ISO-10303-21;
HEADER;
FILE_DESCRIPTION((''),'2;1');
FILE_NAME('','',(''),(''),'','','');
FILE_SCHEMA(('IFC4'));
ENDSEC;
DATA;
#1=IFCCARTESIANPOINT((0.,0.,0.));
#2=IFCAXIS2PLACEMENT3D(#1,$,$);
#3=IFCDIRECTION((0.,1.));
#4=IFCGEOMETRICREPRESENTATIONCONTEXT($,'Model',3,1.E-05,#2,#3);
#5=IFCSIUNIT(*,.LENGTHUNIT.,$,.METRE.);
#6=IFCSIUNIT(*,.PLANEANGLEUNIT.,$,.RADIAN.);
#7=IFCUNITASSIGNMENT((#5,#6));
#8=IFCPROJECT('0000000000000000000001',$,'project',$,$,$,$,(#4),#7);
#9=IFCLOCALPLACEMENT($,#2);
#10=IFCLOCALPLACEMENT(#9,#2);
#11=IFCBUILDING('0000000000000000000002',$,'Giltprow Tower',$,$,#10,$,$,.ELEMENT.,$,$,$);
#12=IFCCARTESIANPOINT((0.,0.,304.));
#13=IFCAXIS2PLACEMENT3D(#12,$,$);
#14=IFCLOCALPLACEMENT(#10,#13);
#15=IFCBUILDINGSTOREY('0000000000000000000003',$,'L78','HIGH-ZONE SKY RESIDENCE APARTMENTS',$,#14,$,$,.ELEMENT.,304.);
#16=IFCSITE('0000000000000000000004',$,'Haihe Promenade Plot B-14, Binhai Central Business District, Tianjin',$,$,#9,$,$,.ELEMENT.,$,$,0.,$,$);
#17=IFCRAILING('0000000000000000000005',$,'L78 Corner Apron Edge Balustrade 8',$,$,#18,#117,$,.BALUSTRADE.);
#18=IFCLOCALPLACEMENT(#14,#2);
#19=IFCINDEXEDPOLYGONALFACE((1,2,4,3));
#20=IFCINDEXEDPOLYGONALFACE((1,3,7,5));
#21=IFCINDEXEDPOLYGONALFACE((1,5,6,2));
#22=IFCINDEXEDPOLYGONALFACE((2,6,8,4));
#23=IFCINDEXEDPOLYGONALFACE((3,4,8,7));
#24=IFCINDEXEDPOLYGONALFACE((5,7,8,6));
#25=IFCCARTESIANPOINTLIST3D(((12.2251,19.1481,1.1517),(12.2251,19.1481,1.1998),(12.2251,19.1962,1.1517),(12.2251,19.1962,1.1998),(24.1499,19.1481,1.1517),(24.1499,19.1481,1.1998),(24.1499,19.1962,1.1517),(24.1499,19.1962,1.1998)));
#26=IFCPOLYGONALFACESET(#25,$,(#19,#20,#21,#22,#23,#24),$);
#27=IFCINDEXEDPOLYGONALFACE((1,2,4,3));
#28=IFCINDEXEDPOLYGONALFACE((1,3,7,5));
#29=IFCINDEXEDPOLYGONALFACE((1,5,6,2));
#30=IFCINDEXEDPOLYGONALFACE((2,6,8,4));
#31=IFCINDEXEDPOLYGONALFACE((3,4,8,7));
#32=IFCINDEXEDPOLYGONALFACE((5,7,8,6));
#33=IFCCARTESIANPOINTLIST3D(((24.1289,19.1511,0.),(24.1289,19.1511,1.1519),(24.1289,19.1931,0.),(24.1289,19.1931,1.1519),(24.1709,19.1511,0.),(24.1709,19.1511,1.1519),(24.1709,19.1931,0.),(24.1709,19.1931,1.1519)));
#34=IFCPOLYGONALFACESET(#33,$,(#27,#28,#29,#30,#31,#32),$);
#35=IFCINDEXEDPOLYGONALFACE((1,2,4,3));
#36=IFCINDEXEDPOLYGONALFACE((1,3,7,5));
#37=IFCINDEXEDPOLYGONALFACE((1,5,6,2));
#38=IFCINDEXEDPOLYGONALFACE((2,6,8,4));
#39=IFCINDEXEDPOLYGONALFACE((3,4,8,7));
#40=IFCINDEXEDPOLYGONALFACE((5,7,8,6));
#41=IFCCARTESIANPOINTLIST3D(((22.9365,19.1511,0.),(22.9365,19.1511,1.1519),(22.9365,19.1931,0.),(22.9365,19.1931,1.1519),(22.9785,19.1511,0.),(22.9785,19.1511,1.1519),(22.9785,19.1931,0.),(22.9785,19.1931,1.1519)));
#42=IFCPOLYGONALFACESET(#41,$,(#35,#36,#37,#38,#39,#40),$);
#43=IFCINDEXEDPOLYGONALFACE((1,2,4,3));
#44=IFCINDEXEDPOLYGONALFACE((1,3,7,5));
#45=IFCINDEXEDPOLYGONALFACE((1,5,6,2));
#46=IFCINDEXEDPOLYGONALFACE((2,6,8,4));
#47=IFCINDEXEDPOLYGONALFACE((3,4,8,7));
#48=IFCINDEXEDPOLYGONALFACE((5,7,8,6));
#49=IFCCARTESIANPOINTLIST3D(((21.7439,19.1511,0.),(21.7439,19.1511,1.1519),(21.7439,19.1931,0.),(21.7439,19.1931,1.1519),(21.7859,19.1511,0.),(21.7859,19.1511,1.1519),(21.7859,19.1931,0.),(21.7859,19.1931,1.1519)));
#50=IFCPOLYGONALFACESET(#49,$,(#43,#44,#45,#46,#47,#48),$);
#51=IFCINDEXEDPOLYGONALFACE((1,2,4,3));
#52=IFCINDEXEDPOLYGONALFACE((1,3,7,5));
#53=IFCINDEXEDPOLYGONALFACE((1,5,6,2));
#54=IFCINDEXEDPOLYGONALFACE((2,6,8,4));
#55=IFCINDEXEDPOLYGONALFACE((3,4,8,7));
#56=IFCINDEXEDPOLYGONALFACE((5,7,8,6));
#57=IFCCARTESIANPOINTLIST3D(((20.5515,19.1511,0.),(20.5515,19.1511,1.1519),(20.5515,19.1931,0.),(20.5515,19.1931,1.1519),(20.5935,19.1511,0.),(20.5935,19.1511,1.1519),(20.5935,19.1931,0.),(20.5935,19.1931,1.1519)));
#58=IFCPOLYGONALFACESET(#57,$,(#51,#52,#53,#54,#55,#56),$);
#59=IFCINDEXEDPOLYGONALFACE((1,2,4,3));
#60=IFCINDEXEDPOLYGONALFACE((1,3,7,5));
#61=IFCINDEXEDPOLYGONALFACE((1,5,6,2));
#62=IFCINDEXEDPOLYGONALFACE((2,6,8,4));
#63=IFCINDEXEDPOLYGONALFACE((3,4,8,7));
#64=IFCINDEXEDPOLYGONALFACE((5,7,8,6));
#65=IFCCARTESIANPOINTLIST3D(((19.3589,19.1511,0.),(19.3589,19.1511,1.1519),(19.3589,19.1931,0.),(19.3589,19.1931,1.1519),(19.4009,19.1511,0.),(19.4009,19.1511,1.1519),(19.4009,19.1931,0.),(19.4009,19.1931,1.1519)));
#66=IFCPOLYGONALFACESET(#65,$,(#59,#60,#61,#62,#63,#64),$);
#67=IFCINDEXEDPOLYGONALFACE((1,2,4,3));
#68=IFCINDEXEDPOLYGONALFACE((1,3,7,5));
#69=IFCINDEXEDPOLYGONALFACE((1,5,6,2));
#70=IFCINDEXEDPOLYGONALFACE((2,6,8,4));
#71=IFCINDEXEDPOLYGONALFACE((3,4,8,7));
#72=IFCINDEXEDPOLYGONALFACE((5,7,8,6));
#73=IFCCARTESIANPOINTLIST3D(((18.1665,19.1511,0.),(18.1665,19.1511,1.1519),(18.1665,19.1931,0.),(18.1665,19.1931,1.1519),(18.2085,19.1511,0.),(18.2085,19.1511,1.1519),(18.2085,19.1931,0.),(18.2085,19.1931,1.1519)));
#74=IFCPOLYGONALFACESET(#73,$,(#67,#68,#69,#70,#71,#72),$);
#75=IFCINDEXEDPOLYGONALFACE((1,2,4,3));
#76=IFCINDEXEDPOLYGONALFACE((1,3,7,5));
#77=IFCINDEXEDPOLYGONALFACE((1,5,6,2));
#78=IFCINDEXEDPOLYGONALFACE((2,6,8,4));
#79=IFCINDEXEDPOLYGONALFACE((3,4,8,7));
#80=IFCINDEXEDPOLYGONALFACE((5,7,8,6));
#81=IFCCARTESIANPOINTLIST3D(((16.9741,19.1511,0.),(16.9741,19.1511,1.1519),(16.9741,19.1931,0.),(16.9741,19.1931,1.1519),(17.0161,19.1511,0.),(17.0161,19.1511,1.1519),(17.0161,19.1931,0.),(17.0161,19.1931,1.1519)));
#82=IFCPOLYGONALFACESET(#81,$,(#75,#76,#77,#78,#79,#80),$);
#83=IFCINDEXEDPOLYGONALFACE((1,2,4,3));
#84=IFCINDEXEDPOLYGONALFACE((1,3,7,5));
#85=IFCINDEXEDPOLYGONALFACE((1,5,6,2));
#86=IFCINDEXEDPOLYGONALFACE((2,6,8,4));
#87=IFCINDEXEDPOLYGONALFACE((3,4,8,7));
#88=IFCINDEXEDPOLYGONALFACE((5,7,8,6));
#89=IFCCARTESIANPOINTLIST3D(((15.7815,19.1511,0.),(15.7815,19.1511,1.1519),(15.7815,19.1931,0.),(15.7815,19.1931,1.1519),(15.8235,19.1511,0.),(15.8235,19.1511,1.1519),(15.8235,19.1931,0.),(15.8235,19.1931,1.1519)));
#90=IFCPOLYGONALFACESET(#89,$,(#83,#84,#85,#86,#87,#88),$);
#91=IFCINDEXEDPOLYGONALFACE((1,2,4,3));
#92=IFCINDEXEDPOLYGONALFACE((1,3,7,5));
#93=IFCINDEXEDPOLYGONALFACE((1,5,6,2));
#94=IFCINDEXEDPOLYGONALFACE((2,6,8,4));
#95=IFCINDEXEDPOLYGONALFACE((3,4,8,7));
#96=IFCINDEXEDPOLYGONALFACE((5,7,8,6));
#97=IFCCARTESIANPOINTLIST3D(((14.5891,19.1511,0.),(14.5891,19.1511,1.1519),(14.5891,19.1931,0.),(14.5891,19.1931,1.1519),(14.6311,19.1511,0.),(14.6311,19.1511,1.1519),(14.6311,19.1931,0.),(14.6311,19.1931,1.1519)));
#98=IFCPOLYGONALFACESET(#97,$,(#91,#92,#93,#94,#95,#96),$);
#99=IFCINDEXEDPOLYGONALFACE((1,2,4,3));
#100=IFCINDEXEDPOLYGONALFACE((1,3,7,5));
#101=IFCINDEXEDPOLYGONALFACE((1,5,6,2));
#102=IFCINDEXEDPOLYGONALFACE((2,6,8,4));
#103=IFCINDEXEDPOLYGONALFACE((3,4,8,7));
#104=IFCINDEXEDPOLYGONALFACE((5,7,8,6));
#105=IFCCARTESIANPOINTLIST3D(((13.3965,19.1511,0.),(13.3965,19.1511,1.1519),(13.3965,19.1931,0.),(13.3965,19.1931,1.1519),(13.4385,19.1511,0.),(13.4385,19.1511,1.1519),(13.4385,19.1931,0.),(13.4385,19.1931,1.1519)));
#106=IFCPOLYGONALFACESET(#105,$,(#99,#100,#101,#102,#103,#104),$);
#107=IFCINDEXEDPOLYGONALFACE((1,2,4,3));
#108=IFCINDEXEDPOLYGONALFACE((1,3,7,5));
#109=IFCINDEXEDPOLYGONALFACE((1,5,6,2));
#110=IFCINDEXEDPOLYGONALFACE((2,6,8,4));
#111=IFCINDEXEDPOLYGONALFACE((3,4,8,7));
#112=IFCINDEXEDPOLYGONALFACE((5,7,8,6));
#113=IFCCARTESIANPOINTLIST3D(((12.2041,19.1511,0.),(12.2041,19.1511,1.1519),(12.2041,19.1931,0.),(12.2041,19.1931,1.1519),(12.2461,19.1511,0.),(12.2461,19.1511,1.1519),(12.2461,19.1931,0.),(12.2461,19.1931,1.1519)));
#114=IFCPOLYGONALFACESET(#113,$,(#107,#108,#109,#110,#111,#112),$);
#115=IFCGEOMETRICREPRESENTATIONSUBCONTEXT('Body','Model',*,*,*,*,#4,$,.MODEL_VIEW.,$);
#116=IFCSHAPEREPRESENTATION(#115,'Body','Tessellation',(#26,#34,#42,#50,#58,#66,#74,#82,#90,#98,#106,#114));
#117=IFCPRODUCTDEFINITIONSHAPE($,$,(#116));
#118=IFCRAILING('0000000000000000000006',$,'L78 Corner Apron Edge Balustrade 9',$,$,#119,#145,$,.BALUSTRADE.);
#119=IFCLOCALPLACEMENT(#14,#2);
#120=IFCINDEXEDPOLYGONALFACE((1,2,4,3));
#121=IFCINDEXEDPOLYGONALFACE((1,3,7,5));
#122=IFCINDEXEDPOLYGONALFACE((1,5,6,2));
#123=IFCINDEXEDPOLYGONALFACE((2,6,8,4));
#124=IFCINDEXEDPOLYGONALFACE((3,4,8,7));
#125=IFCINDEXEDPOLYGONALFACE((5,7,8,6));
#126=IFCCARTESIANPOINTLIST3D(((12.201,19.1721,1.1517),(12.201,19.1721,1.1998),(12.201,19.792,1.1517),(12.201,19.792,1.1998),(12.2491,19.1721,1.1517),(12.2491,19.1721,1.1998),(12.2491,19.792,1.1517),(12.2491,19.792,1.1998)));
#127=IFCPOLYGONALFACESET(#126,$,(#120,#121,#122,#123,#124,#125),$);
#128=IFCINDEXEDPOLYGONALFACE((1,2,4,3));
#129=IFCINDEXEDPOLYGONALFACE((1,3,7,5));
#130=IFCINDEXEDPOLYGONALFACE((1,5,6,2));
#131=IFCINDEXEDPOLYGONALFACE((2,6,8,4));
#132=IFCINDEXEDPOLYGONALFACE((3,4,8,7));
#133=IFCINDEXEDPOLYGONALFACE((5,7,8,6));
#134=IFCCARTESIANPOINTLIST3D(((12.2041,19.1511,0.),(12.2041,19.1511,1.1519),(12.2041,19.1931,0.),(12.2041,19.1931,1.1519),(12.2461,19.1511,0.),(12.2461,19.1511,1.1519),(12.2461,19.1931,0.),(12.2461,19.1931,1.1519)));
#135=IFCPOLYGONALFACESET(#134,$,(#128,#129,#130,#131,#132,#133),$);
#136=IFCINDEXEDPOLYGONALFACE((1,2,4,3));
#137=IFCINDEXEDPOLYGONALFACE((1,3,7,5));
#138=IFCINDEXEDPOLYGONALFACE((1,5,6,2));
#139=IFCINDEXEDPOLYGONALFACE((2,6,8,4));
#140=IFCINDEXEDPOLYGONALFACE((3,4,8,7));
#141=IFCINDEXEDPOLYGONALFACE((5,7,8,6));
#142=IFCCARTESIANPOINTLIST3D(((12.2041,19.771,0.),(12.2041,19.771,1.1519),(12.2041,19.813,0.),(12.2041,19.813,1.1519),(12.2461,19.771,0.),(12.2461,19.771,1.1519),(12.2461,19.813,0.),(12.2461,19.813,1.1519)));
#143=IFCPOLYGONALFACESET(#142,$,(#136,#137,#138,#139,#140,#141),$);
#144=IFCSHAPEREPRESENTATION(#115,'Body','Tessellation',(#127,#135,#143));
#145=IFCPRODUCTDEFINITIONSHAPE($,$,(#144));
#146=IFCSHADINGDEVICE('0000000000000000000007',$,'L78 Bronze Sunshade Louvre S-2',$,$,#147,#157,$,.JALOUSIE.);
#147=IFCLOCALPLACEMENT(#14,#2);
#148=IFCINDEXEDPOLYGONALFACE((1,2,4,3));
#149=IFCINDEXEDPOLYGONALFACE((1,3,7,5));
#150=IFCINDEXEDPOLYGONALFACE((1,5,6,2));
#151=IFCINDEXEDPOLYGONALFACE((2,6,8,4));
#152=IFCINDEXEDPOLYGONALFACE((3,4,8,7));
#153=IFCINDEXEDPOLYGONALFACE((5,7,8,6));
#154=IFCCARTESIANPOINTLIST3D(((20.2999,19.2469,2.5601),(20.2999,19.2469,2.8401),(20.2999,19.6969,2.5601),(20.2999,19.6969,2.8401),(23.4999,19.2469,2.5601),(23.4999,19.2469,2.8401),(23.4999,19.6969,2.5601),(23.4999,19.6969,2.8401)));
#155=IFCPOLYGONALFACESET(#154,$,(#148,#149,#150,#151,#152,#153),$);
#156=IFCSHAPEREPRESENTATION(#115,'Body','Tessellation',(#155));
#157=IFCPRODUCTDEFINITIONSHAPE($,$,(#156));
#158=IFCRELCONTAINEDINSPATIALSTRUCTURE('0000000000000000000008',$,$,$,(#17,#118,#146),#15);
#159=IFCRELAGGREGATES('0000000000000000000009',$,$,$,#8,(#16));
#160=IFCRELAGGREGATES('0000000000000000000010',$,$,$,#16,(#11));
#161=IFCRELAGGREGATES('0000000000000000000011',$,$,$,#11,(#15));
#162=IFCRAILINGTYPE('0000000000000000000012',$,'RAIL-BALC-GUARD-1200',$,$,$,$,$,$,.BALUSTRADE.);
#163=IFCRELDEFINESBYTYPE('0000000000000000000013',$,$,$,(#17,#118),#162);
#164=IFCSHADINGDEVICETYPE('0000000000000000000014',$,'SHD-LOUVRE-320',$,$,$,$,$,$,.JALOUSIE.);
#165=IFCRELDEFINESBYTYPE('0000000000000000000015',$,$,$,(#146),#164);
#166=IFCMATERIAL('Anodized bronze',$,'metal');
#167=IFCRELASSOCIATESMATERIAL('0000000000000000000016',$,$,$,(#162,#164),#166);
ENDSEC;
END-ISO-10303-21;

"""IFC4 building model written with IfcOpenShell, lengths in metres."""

from ifc_helpers import new_model, si_unit, direction, frame, origin, origin_2d, place, context, subcontext, project, spatial, rectangle, extrude, source, transform, mapped, material, type_object, element, save


model = new_model("IFC4")

# Units and contexts
model_context = context("Model", 3, precision=1e-05, world=origin(), true_north=direction((0.0, 1.0)))
body_context = subcontext(model_context, "Body", "Model", "MODEL_VIEW")
ifc_project = project(units=[si_unit("LENGTHUNIT", "METRE"), si_unit("PLANEANGLEUNIT", "RADIAN")], contexts=[model_context])

# Site, building, storey
site_placement = place(None, origin())
site = spatial("IfcSite", under=ifc_project, at=site_placement, Name="Haihe Promenade Plot B-14, Binhai Central Business District, Tianjin", CompositionType="ELEMENT", RefElevation=0.0)
building_placement = place(site_placement, origin())
building = spatial("IfcBuilding", under=site, at=building_placement, Name="Giltprow Tower", CompositionType="ELEMENT")
storey_placement = place(building_placement, frame((0.0, 0.0, 304.0)))
storey = spatial("IfcBuildingStorey", under=building, at=storey_placement, Name="L78", Description="HIGH-ZONE SKY RESIDENCE APARTMENTS", CompositionType="ELEMENT", Elevation=304.0)

# Shared definitions
ifc_material_1 = material(Name="Anodized bronze", Category="metal")

# Railings
railing_type = type_object("IfcRailingType", Name="RAIL-BALC-GUARD-1200", PredefinedType="BALUSTRADE", material=ifc_material_1)
railing_1_placement = place(storey_placement, frame((24.1499, 19.1721, 0.0)))
element("IfcRailing", 1, at=railing_1_placement, inside=storey, type_object=railing_type, Name="L78 Corner Apron Edge Balustrade 8", PredefinedType="BALUSTRADE", context=body_context, shape_type="SweptSolid", body=[
    extrude(rectangle(XDim=0.0481, YDim=0.0481, at=origin_2d()), frame((0.0, 0.0, 1.1758), z_axis=(-1.0, 0.0, 0.0), x_axis=(0.0, -1.0, 0.0)), (0.0, 0.0, 1.0), 11.9248),
    extrude(rectangle(XDim=0.042, YDim=0.042, at=origin_2d()), origin(), (0.0, 0.0, 1.0), 1.1519),
    extrude(rectangle(XDim=0.042, YDim=0.042, at=origin_2d()), frame((-1.1924, 0.0, 0.0)), (0.0, 0.0, 1.0), 1.1519),
    extrude(rectangle(XDim=0.042, YDim=0.042, at=origin_2d()), frame((-2.385, 0.0, 0.0)), (0.0, 0.0, 1.0), 1.1519),
    extrude(rectangle(XDim=0.042, YDim=0.042, at=origin_2d()), frame((-3.5774, 0.0, 0.0)), (0.0, 0.0, 1.0), 1.1519),
    extrude(rectangle(XDim=0.042, YDim=0.042, at=origin_2d()), frame((-4.77, 0.0, 0.0)), (0.0, 0.0, 1.0), 1.1519),
    extrude(rectangle(XDim=0.042, YDim=0.042, at=origin_2d()), frame((-5.9624, 0.0, 0.0)), (0.0, 0.0, 1.0), 1.1519),
    extrude(rectangle(XDim=0.042, YDim=0.042, at=origin_2d()), frame((-7.1548, 0.0, 0.0)), (0.0, 0.0, 1.0), 1.1519),
    extrude(rectangle(XDim=0.042, YDim=0.042, at=origin_2d()), frame((-8.3474, 0.0, 0.0)), (0.0, 0.0, 1.0), 1.1519),
    extrude(rectangle(XDim=0.042, YDim=0.042, at=origin_2d()), frame((-9.5398, 0.0, 0.0)), (0.0, 0.0, 1.0), 1.1519),
    extrude(rectangle(XDim=0.042, YDim=0.042, at=origin_2d()), frame((-10.7324, 0.0, 0.0)), (0.0, 0.0, 1.0), 1.1519),
    extrude(rectangle(XDim=0.042, YDim=0.042, at=origin_2d()), frame((-11.9248, 0.0, 0.0)), (0.0, 0.0, 1.0), 1.1519),
])
railing_2_placement = place(storey_placement, frame((12.2251, 19.1721, 0.0)))
element("IfcRailing", 2, at=railing_2_placement, inside=storey, type_object=railing_type, Name="L78 Corner Apron Edge Balustrade 9", PredefinedType="BALUSTRADE", context=body_context, shape_type="SweptSolid", body=[
    extrude(rectangle(XDim=0.0481, YDim=0.0481, at=origin_2d()), frame((0.0, 0.0, 1.1758), z_axis=(0.0, 1.0, 0.0), x_axis=(-1.0, 0.0, 0.0)), (0.0, 0.0, 1.0), 0.6199),
    extrude(rectangle(XDim=0.042, YDim=0.042, at=origin_2d()), origin(), (0.0, 0.0, 1.0), 1.1519),
    extrude(rectangle(XDim=0.042, YDim=0.042, at=origin_2d()), frame((0.0, 0.6199, 0.0)), (0.0, 0.0, 1.0), 1.1519),
])

# Shading device
shading_device_type = type_object("IfcShadingDeviceType", Name="SHD-LOUVRE-320", PredefinedType="JALOUSIE", material=ifc_material_1)
shared_shape_1 = source(origin(), body_context, "Body", "SweptSolid", [
    extrude(rectangle(XDim=3.2, YDim=0.45, at=origin_2d()), origin(), (0.0, 0.0, 1.0), 0.28),
])
shading_device_placement = place(storey_placement, frame((21.8999, 19.4719, 2.5601), z_axis=(0.0, 0.0, 1.0), x_axis=(1.0, 0.0, 0.0)))
element("IfcShadingDevice", 3, at=shading_device_placement, inside=storey, type_object=shading_device_type, Name="L78 Bronze Sunshade Louvre S-2", PredefinedType="JALOUSIE", context=body_context, shape_type="MappedRepresentation", body=[
    mapped(shared_shape_1, transform((0.0, 0.0, 0.0), x_axis=(1.0, 0.0, 0.0), y_axis=(0.0, 1.0, 0.0), z_axis=(0.0, 0.0, 1.0), scale=1.0)),
])

save(model, "model.ifc")
